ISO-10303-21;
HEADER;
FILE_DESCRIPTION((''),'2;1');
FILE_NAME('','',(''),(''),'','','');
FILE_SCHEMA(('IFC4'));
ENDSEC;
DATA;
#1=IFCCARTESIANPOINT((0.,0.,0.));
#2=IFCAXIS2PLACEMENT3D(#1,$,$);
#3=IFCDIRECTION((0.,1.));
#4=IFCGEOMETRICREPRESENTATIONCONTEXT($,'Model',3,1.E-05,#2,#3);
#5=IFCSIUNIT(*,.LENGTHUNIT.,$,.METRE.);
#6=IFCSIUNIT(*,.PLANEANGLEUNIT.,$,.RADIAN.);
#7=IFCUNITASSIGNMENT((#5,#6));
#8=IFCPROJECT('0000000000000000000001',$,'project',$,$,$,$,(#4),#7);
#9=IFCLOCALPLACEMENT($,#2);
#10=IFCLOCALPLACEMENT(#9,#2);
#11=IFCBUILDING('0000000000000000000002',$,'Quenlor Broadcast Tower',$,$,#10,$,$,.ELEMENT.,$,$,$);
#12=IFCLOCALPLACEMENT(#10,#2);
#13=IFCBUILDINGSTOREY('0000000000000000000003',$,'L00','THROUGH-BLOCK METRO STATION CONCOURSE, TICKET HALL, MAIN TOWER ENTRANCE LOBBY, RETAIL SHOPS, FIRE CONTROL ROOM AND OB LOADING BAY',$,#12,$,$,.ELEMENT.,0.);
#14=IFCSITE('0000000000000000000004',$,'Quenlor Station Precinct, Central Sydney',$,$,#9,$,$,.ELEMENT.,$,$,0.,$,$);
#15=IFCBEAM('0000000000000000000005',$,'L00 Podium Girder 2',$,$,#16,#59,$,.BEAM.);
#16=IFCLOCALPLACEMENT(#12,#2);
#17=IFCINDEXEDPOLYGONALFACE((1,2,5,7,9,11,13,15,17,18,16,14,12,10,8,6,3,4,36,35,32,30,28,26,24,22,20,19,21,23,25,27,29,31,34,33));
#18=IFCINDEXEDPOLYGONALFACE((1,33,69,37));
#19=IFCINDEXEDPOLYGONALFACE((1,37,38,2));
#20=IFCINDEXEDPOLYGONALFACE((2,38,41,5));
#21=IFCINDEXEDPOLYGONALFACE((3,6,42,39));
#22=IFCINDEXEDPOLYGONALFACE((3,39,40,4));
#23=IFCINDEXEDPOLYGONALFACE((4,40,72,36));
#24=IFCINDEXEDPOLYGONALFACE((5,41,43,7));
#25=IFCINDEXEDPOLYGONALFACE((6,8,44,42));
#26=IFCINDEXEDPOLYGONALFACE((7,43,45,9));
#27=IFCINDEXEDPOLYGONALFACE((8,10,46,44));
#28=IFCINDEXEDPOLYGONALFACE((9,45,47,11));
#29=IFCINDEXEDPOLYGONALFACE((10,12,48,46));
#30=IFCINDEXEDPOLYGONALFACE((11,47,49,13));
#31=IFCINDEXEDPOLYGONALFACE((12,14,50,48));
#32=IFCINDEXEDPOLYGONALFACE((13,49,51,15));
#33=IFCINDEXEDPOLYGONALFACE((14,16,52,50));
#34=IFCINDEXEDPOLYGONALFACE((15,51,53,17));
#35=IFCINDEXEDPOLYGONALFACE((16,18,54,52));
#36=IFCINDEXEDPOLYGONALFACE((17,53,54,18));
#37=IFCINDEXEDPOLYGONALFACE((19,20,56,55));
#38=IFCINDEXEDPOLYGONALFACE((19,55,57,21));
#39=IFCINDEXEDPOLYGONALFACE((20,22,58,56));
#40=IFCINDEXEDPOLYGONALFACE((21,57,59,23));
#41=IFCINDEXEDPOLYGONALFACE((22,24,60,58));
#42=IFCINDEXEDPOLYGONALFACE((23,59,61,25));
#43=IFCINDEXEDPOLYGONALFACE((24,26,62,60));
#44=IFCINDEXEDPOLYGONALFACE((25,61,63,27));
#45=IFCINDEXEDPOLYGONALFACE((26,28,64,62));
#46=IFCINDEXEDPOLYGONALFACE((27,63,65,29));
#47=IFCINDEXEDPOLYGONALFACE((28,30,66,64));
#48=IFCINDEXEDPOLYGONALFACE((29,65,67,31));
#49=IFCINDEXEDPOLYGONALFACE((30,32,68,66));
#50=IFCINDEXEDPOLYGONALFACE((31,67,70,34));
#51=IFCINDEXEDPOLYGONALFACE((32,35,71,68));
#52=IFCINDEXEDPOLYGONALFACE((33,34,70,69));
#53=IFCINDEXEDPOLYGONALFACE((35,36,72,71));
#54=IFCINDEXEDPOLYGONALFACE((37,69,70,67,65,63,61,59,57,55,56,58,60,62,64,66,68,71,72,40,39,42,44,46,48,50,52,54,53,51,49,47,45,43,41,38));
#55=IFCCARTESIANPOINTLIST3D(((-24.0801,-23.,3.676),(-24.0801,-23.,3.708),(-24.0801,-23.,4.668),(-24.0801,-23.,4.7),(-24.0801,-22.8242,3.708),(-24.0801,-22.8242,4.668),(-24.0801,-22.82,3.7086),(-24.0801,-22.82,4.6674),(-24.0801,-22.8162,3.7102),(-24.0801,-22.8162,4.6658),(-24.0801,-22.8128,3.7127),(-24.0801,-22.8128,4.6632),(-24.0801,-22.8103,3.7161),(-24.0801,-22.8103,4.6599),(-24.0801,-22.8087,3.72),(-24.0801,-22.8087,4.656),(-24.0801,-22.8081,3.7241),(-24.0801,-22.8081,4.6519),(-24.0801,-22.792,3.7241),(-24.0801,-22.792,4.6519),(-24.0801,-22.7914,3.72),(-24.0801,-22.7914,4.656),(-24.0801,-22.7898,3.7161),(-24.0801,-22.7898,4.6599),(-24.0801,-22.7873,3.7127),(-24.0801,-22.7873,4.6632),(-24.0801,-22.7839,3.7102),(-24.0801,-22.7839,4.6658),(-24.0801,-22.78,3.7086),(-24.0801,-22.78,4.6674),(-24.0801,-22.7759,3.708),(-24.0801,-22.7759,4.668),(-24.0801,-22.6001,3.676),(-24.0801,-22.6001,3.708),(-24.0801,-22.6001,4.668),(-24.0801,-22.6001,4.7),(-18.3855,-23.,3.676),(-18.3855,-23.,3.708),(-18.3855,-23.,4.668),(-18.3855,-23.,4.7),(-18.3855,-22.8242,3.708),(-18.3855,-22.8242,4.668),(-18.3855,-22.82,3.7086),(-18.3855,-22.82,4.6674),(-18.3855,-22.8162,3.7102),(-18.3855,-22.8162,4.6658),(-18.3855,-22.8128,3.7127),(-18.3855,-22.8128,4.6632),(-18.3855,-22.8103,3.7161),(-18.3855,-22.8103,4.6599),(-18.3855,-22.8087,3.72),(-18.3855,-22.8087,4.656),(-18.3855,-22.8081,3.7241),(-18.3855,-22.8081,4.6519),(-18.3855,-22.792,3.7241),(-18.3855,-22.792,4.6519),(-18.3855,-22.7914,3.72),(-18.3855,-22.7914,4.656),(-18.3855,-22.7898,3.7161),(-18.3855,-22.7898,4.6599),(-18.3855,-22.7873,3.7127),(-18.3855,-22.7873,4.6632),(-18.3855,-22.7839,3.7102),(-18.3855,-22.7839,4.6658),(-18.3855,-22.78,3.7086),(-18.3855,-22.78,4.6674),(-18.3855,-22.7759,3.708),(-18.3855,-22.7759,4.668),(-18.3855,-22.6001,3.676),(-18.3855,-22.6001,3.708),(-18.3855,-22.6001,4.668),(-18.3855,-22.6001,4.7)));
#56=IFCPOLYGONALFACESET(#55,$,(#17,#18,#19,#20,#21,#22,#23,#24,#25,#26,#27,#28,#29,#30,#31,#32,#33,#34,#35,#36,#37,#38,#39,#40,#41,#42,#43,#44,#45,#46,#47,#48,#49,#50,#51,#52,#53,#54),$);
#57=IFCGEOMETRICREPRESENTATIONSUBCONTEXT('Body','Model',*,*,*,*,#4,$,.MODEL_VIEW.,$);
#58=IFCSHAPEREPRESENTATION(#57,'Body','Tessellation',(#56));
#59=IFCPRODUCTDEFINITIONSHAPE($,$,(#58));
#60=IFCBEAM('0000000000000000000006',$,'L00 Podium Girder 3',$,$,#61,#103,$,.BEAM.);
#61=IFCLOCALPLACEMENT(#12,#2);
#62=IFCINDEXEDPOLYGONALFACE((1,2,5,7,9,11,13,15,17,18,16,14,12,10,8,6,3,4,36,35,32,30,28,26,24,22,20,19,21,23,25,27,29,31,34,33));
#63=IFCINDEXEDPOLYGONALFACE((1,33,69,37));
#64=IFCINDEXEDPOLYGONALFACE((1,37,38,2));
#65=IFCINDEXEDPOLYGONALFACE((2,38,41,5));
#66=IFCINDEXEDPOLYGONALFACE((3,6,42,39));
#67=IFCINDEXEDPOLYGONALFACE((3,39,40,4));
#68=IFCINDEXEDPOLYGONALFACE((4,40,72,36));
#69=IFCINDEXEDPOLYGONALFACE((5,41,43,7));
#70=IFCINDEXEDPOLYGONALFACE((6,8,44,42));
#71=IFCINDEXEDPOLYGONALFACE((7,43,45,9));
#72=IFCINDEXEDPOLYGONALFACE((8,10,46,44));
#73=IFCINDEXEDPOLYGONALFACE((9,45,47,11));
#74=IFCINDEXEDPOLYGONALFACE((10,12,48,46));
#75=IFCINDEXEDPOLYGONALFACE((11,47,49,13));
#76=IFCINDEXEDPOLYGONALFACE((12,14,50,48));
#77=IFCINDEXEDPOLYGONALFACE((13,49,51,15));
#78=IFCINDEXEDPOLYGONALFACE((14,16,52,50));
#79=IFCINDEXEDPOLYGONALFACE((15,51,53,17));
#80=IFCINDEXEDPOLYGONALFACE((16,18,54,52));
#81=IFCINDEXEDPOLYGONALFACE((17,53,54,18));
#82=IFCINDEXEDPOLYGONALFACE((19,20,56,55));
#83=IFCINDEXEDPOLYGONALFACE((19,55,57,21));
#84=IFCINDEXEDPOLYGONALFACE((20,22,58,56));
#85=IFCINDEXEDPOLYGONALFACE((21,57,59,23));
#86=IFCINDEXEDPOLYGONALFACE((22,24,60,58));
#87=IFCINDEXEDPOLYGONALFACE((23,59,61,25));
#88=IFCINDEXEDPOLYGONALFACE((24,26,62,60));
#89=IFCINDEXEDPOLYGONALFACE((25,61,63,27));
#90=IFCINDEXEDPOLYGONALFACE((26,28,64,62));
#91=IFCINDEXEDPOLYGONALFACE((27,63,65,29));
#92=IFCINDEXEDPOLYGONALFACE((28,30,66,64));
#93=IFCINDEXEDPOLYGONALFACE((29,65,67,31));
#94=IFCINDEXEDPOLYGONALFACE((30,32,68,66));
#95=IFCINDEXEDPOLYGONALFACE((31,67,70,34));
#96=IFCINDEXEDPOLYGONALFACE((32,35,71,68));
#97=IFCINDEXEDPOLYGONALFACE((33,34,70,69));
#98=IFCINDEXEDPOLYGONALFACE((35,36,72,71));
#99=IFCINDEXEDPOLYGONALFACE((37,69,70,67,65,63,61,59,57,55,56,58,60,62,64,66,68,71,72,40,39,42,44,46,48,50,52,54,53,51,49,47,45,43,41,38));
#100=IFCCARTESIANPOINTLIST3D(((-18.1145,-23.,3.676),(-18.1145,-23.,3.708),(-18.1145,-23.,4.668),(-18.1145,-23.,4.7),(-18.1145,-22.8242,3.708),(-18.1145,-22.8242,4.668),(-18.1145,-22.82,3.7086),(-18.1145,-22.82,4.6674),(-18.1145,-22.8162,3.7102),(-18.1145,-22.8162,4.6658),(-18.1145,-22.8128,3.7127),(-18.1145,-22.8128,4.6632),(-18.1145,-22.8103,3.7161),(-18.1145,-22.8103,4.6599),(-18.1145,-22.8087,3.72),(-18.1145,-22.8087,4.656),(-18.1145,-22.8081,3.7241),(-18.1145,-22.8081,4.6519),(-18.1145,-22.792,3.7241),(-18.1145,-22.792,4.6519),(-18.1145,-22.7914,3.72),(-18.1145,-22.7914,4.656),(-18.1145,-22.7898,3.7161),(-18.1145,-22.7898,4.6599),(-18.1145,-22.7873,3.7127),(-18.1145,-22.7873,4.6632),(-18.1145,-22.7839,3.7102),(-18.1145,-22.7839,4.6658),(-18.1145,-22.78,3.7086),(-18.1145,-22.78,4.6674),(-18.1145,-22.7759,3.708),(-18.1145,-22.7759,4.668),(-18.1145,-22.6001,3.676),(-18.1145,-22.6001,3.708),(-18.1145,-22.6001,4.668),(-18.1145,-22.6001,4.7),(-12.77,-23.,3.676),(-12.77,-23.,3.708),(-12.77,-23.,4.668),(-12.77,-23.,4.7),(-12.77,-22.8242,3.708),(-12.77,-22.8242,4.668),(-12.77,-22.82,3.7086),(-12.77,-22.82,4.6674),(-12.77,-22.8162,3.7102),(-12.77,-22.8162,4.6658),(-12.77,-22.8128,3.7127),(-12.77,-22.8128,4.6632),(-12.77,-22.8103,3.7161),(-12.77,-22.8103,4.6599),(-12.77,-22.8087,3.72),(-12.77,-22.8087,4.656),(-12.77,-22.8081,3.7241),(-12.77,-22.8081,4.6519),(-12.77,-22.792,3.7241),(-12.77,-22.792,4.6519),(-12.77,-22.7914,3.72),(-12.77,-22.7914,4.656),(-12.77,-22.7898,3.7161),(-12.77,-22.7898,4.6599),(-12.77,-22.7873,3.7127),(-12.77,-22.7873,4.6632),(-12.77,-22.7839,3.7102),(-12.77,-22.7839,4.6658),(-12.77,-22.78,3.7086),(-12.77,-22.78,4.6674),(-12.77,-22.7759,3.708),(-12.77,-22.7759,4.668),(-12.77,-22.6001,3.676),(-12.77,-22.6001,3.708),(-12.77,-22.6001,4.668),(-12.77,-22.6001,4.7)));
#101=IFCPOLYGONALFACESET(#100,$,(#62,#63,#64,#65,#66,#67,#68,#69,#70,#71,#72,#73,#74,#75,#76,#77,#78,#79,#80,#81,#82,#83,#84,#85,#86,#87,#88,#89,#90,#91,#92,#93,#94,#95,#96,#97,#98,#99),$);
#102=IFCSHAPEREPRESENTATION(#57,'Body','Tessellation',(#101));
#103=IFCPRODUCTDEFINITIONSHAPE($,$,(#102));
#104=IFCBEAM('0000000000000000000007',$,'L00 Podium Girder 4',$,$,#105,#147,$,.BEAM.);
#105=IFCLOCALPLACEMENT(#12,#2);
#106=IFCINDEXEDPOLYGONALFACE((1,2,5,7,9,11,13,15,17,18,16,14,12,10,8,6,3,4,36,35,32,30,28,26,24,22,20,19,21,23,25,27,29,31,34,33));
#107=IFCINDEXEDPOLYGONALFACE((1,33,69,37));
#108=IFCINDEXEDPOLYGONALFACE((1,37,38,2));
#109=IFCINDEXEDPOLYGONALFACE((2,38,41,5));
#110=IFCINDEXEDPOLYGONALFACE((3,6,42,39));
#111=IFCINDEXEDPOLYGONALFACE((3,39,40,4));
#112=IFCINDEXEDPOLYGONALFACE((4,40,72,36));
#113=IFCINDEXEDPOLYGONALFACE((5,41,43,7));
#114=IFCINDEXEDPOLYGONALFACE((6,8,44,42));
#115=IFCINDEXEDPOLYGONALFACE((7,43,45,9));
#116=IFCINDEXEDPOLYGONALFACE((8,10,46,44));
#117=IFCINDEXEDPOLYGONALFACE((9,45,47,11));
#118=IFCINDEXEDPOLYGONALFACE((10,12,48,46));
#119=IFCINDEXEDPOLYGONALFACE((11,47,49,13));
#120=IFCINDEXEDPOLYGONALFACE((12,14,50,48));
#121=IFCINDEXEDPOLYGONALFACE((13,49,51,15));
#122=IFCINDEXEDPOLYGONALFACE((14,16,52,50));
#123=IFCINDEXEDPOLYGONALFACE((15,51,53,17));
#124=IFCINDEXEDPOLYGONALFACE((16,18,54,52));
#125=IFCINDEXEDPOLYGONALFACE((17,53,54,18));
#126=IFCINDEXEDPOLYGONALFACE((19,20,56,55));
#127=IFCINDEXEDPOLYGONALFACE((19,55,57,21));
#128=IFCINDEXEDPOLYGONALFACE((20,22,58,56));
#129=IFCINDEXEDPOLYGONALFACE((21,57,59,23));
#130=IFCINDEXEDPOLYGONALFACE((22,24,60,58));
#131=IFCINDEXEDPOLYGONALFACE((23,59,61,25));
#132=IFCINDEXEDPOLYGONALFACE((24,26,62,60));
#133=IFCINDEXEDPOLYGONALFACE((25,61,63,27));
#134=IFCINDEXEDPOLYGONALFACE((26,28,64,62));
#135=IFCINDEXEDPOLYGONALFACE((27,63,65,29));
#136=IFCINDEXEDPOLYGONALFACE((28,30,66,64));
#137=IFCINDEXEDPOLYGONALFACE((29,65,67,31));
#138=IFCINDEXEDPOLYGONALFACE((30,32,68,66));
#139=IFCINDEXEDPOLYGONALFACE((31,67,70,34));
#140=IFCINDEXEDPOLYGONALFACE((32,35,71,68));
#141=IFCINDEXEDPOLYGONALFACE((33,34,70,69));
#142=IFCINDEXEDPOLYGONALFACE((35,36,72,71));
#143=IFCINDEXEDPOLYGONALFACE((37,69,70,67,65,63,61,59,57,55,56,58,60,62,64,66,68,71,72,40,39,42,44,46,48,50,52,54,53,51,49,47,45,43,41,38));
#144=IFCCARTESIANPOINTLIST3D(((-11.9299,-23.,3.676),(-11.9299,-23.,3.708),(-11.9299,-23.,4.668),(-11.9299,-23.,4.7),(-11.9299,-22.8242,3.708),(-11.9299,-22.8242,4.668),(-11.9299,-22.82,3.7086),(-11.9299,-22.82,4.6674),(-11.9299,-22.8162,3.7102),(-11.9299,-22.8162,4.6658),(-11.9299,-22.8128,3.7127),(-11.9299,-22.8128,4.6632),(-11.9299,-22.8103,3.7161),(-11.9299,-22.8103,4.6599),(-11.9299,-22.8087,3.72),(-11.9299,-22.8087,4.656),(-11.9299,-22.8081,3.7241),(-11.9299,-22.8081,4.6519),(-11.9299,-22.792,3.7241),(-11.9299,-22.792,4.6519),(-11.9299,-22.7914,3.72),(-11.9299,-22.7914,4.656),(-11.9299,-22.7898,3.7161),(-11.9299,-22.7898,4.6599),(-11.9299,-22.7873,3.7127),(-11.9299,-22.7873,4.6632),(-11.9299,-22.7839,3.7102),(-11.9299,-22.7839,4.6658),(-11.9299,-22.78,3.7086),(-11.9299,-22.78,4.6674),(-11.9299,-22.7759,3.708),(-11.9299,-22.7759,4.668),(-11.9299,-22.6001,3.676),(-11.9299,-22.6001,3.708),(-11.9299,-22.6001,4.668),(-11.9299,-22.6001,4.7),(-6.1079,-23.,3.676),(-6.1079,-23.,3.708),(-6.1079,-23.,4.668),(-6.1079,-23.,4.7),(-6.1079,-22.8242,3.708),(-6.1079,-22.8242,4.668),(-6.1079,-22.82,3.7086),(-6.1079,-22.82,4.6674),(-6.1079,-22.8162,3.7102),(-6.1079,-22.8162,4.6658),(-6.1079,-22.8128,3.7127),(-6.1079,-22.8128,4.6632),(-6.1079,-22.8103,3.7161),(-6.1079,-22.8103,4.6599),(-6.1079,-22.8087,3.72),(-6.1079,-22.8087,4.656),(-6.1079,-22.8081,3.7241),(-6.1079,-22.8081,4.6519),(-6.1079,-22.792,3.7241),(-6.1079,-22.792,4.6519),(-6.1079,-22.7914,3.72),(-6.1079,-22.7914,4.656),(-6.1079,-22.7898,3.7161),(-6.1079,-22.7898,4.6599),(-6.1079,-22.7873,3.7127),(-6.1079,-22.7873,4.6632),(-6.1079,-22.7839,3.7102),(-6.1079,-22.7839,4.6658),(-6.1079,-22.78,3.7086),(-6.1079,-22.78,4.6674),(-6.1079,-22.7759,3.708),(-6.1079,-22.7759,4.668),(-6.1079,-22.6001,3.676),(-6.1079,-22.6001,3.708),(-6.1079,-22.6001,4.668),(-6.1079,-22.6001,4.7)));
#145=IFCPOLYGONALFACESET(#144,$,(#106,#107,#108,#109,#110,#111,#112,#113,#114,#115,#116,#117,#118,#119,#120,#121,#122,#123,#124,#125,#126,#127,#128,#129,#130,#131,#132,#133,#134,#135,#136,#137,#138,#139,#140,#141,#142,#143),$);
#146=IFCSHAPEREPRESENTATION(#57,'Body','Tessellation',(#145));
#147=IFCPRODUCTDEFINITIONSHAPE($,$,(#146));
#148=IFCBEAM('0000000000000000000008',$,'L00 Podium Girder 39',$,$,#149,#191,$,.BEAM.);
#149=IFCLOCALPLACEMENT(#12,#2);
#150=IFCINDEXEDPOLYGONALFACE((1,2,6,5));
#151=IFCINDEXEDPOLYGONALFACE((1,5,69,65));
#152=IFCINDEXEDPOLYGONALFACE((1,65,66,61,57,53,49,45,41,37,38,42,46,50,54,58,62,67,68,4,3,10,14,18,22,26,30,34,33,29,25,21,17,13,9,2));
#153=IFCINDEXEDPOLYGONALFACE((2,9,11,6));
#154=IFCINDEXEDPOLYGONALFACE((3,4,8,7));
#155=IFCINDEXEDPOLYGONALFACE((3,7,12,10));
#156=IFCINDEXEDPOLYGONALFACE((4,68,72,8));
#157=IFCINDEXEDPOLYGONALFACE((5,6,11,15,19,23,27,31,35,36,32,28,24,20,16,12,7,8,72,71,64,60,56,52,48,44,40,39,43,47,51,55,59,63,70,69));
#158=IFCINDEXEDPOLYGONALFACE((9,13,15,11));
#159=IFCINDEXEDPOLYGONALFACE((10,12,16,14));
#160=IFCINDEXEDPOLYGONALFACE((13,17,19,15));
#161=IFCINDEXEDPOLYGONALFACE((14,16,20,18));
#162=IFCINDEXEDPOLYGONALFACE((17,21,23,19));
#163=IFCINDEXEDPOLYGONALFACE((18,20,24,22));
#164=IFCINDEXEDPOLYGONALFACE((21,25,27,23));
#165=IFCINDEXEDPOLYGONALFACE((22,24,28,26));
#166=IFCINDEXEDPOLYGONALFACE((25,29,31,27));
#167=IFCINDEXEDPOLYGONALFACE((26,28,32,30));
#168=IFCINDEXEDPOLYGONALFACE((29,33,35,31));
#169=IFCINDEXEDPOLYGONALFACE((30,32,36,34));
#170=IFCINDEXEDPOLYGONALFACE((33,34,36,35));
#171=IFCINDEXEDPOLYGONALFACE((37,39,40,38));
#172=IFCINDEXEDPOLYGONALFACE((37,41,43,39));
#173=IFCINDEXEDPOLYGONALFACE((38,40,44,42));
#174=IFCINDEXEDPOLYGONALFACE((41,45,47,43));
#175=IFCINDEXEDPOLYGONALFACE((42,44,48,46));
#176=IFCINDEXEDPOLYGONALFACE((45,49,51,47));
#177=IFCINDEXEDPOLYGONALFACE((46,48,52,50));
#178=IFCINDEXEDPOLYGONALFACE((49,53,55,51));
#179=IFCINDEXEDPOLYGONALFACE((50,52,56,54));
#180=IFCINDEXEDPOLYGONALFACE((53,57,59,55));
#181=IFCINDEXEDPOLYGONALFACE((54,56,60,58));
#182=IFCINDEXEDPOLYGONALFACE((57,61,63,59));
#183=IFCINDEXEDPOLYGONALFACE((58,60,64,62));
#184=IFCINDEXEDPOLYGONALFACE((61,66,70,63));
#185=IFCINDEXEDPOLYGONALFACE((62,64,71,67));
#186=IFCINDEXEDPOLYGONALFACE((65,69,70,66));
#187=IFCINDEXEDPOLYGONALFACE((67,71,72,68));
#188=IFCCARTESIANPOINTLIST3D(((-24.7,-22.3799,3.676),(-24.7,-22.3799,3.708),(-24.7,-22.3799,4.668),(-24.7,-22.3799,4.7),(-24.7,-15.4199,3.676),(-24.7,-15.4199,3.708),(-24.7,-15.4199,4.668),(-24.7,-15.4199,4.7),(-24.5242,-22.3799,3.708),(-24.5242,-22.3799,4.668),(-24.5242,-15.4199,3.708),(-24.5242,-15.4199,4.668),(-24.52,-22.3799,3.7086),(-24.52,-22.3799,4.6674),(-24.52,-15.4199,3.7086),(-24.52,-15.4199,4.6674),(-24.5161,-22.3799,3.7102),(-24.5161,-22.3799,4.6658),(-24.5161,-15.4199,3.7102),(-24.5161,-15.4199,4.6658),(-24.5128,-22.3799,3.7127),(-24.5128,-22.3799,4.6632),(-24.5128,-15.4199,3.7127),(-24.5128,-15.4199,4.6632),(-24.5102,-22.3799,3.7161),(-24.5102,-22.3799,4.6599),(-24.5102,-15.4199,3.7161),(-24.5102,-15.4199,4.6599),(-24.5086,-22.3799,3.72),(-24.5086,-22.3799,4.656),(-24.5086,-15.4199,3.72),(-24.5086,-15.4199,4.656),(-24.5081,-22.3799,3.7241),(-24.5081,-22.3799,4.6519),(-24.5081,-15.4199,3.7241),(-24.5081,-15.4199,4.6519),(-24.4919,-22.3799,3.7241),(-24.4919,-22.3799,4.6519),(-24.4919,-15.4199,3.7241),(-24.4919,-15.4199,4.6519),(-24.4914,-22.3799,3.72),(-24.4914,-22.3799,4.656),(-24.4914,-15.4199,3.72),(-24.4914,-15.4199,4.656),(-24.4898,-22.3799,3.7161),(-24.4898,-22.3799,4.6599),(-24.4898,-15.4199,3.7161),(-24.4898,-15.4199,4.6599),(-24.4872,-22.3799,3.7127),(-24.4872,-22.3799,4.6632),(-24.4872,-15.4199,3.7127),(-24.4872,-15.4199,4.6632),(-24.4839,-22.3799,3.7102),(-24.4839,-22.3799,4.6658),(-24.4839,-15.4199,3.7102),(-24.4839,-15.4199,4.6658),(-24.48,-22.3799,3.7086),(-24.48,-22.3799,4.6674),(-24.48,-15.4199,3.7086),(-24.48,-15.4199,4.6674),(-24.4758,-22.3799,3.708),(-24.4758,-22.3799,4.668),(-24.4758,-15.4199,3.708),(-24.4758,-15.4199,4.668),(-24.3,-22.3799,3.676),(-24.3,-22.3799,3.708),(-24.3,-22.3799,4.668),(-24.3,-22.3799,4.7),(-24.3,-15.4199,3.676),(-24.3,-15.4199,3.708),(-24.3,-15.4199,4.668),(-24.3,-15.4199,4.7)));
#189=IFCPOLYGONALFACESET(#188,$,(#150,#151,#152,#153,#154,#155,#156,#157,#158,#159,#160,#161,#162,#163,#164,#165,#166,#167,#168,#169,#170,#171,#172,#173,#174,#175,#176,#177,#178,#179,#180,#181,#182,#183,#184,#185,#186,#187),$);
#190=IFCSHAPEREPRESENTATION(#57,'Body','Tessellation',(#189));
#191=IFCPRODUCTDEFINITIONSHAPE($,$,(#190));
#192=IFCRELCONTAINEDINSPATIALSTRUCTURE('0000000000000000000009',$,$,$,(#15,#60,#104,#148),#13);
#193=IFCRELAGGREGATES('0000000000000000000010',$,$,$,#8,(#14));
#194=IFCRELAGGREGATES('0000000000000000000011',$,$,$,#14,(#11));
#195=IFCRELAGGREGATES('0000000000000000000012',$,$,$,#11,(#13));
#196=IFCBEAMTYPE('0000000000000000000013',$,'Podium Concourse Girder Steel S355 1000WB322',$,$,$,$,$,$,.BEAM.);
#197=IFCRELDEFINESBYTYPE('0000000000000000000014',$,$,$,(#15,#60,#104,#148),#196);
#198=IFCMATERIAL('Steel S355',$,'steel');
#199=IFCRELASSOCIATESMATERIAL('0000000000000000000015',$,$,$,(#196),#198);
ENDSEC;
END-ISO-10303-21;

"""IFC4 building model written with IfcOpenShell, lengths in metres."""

from ifc_helpers import new_model, si_unit, direction, frame, origin, origin_2d, place, context, subcontext, project, spatial, i_section, extrude, material, material_profile, profile_set, type_object, element, save


model = new_model("IFC4")

# Units and contexts
model_context = context("Model", 3, precision=1e-05, world=origin(), true_north=direction((0.0, 1.0)))
body_context = subcontext(model_context, "Body", "Model", "MODEL_VIEW")
ifc_project = project(units=[si_unit("LENGTHUNIT", "METRE"), si_unit("PLANEANGLEUNIT", "RADIAN")], contexts=[model_context])

# Site, building, storey
site_placement = place(None, origin())
site = spatial("IfcSite", under=ifc_project, at=site_placement, Name="Quenlor Station Precinct, Central Sydney", CompositionType="ELEMENT", RefElevation=0.0)
building_placement = place(site_placement, origin())
building = spatial("IfcBuilding", under=site, at=building_placement, Name="Quenlor Broadcast Tower", CompositionType="ELEMENT")
storey_placement = place(building_placement, origin())
storey = spatial("IfcBuildingStorey", under=building, at=storey_placement, Name="L00", Description="THROUGH-BLOCK METRO STATION CONCOURSE, TICKET HALL, MAIN TOWER ENTRANCE LOBBY, RETAIL SHOPS, FIRE CONTROL ROOM AND OB LOADING BAY", CompositionType="ELEMENT", Elevation=0.0)

# Beams
ifc_material_1 = material(Name="Steel S355", Category="steel")
ifc_material_profile_1 = material_profile(ifc_material_1, i_section(OverallWidth=0.3999, OverallDepth=1.0239, WebThickness=0.0161, FlangeThickness=0.032, FilletRadius=0.0161, at=origin_2d()))
ifc_profile_set_1 = profile_set([ifc_material_profile_1], Name="Steel S355 1000WB322")
beam_type_1 = type_object("IfcBeamType", Name="Podium Concourse Girder Steel S355 1000WB322", PredefinedType="BEAM", material=ifc_profile_set_1)
beam_1_placement = place(storey_placement, frame((-24.0801, -22.8, 4.188), z_axis=(1.0, 0.0, 0.0), x_axis=(0.0, 1.0, 0.0)))
element("IfcBeam", 1, at=beam_1_placement, inside=storey, type_object=beam_type_1, Name="L00 Podium Girder 2", PredefinedType="BEAM", context=body_context, shape_type="SweptSolid", body=[
    extrude(i_section(OverallWidth=0.3999, OverallDepth=1.0239, WebThickness=0.0161, FlangeThickness=0.032, FilletRadius=0.0161, at=origin_2d()), origin(), (0.0, 0.0, 1.0), 5.6946),
])
beam_2_placement = place(storey_placement, frame((-18.1145, -22.8, 4.188), z_axis=(1.0, 0.0, 0.0), x_axis=(0.0, 1.0, 0.0)))
element("IfcBeam", 2, at=beam_2_placement, inside=storey, type_object=beam_type_1, Name="L00 Podium Girder 3", PredefinedType="BEAM", context=body_context, shape_type="SweptSolid", body=[
    extrude(i_section(OverallWidth=0.3999, OverallDepth=1.0239, WebThickness=0.0161, FlangeThickness=0.032, FilletRadius=0.0161, at=origin_2d()), origin(), (0.0, 0.0, 1.0), 5.3445),
])
beam_3_placement = place(storey_placement, frame((-11.9299, -22.8, 4.188), z_axis=(1.0, 0.0, 0.0), x_axis=(0.0, 1.0, 0.0)))
element("IfcBeam", 3, at=beam_3_placement, inside=storey, type_object=beam_type_1, Name="L00 Podium Girder 4", PredefinedType="BEAM", context=body_context, shape_type="SweptSolid", body=[
    extrude(i_section(OverallWidth=0.3999, OverallDepth=1.0239, WebThickness=0.0161, FlangeThickness=0.032, FilletRadius=0.0161, at=origin_2d()), origin(), (0.0, 0.0, 1.0), 5.822),
])
beam_4_placement = place(storey_placement, frame((-24.5, -22.3799, 4.188), z_axis=(0.0, 1.0, 0.0), x_axis=(-1.0, 0.0, 0.0)))
element("IfcBeam", 4, at=beam_4_placement, inside=storey, type_object=beam_type_1, Name="L00 Podium Girder 39", PredefinedType="BEAM", context=body_context, shape_type="SweptSolid", body=[
    extrude(i_section(OverallWidth=0.3999, OverallDepth=1.0239, WebThickness=0.0161, FlangeThickness=0.032, FilletRadius=0.0161, at=origin_2d()), origin(), (0.0, 0.0, 1.0), 6.96),
])

save(model, "model.ifc")
